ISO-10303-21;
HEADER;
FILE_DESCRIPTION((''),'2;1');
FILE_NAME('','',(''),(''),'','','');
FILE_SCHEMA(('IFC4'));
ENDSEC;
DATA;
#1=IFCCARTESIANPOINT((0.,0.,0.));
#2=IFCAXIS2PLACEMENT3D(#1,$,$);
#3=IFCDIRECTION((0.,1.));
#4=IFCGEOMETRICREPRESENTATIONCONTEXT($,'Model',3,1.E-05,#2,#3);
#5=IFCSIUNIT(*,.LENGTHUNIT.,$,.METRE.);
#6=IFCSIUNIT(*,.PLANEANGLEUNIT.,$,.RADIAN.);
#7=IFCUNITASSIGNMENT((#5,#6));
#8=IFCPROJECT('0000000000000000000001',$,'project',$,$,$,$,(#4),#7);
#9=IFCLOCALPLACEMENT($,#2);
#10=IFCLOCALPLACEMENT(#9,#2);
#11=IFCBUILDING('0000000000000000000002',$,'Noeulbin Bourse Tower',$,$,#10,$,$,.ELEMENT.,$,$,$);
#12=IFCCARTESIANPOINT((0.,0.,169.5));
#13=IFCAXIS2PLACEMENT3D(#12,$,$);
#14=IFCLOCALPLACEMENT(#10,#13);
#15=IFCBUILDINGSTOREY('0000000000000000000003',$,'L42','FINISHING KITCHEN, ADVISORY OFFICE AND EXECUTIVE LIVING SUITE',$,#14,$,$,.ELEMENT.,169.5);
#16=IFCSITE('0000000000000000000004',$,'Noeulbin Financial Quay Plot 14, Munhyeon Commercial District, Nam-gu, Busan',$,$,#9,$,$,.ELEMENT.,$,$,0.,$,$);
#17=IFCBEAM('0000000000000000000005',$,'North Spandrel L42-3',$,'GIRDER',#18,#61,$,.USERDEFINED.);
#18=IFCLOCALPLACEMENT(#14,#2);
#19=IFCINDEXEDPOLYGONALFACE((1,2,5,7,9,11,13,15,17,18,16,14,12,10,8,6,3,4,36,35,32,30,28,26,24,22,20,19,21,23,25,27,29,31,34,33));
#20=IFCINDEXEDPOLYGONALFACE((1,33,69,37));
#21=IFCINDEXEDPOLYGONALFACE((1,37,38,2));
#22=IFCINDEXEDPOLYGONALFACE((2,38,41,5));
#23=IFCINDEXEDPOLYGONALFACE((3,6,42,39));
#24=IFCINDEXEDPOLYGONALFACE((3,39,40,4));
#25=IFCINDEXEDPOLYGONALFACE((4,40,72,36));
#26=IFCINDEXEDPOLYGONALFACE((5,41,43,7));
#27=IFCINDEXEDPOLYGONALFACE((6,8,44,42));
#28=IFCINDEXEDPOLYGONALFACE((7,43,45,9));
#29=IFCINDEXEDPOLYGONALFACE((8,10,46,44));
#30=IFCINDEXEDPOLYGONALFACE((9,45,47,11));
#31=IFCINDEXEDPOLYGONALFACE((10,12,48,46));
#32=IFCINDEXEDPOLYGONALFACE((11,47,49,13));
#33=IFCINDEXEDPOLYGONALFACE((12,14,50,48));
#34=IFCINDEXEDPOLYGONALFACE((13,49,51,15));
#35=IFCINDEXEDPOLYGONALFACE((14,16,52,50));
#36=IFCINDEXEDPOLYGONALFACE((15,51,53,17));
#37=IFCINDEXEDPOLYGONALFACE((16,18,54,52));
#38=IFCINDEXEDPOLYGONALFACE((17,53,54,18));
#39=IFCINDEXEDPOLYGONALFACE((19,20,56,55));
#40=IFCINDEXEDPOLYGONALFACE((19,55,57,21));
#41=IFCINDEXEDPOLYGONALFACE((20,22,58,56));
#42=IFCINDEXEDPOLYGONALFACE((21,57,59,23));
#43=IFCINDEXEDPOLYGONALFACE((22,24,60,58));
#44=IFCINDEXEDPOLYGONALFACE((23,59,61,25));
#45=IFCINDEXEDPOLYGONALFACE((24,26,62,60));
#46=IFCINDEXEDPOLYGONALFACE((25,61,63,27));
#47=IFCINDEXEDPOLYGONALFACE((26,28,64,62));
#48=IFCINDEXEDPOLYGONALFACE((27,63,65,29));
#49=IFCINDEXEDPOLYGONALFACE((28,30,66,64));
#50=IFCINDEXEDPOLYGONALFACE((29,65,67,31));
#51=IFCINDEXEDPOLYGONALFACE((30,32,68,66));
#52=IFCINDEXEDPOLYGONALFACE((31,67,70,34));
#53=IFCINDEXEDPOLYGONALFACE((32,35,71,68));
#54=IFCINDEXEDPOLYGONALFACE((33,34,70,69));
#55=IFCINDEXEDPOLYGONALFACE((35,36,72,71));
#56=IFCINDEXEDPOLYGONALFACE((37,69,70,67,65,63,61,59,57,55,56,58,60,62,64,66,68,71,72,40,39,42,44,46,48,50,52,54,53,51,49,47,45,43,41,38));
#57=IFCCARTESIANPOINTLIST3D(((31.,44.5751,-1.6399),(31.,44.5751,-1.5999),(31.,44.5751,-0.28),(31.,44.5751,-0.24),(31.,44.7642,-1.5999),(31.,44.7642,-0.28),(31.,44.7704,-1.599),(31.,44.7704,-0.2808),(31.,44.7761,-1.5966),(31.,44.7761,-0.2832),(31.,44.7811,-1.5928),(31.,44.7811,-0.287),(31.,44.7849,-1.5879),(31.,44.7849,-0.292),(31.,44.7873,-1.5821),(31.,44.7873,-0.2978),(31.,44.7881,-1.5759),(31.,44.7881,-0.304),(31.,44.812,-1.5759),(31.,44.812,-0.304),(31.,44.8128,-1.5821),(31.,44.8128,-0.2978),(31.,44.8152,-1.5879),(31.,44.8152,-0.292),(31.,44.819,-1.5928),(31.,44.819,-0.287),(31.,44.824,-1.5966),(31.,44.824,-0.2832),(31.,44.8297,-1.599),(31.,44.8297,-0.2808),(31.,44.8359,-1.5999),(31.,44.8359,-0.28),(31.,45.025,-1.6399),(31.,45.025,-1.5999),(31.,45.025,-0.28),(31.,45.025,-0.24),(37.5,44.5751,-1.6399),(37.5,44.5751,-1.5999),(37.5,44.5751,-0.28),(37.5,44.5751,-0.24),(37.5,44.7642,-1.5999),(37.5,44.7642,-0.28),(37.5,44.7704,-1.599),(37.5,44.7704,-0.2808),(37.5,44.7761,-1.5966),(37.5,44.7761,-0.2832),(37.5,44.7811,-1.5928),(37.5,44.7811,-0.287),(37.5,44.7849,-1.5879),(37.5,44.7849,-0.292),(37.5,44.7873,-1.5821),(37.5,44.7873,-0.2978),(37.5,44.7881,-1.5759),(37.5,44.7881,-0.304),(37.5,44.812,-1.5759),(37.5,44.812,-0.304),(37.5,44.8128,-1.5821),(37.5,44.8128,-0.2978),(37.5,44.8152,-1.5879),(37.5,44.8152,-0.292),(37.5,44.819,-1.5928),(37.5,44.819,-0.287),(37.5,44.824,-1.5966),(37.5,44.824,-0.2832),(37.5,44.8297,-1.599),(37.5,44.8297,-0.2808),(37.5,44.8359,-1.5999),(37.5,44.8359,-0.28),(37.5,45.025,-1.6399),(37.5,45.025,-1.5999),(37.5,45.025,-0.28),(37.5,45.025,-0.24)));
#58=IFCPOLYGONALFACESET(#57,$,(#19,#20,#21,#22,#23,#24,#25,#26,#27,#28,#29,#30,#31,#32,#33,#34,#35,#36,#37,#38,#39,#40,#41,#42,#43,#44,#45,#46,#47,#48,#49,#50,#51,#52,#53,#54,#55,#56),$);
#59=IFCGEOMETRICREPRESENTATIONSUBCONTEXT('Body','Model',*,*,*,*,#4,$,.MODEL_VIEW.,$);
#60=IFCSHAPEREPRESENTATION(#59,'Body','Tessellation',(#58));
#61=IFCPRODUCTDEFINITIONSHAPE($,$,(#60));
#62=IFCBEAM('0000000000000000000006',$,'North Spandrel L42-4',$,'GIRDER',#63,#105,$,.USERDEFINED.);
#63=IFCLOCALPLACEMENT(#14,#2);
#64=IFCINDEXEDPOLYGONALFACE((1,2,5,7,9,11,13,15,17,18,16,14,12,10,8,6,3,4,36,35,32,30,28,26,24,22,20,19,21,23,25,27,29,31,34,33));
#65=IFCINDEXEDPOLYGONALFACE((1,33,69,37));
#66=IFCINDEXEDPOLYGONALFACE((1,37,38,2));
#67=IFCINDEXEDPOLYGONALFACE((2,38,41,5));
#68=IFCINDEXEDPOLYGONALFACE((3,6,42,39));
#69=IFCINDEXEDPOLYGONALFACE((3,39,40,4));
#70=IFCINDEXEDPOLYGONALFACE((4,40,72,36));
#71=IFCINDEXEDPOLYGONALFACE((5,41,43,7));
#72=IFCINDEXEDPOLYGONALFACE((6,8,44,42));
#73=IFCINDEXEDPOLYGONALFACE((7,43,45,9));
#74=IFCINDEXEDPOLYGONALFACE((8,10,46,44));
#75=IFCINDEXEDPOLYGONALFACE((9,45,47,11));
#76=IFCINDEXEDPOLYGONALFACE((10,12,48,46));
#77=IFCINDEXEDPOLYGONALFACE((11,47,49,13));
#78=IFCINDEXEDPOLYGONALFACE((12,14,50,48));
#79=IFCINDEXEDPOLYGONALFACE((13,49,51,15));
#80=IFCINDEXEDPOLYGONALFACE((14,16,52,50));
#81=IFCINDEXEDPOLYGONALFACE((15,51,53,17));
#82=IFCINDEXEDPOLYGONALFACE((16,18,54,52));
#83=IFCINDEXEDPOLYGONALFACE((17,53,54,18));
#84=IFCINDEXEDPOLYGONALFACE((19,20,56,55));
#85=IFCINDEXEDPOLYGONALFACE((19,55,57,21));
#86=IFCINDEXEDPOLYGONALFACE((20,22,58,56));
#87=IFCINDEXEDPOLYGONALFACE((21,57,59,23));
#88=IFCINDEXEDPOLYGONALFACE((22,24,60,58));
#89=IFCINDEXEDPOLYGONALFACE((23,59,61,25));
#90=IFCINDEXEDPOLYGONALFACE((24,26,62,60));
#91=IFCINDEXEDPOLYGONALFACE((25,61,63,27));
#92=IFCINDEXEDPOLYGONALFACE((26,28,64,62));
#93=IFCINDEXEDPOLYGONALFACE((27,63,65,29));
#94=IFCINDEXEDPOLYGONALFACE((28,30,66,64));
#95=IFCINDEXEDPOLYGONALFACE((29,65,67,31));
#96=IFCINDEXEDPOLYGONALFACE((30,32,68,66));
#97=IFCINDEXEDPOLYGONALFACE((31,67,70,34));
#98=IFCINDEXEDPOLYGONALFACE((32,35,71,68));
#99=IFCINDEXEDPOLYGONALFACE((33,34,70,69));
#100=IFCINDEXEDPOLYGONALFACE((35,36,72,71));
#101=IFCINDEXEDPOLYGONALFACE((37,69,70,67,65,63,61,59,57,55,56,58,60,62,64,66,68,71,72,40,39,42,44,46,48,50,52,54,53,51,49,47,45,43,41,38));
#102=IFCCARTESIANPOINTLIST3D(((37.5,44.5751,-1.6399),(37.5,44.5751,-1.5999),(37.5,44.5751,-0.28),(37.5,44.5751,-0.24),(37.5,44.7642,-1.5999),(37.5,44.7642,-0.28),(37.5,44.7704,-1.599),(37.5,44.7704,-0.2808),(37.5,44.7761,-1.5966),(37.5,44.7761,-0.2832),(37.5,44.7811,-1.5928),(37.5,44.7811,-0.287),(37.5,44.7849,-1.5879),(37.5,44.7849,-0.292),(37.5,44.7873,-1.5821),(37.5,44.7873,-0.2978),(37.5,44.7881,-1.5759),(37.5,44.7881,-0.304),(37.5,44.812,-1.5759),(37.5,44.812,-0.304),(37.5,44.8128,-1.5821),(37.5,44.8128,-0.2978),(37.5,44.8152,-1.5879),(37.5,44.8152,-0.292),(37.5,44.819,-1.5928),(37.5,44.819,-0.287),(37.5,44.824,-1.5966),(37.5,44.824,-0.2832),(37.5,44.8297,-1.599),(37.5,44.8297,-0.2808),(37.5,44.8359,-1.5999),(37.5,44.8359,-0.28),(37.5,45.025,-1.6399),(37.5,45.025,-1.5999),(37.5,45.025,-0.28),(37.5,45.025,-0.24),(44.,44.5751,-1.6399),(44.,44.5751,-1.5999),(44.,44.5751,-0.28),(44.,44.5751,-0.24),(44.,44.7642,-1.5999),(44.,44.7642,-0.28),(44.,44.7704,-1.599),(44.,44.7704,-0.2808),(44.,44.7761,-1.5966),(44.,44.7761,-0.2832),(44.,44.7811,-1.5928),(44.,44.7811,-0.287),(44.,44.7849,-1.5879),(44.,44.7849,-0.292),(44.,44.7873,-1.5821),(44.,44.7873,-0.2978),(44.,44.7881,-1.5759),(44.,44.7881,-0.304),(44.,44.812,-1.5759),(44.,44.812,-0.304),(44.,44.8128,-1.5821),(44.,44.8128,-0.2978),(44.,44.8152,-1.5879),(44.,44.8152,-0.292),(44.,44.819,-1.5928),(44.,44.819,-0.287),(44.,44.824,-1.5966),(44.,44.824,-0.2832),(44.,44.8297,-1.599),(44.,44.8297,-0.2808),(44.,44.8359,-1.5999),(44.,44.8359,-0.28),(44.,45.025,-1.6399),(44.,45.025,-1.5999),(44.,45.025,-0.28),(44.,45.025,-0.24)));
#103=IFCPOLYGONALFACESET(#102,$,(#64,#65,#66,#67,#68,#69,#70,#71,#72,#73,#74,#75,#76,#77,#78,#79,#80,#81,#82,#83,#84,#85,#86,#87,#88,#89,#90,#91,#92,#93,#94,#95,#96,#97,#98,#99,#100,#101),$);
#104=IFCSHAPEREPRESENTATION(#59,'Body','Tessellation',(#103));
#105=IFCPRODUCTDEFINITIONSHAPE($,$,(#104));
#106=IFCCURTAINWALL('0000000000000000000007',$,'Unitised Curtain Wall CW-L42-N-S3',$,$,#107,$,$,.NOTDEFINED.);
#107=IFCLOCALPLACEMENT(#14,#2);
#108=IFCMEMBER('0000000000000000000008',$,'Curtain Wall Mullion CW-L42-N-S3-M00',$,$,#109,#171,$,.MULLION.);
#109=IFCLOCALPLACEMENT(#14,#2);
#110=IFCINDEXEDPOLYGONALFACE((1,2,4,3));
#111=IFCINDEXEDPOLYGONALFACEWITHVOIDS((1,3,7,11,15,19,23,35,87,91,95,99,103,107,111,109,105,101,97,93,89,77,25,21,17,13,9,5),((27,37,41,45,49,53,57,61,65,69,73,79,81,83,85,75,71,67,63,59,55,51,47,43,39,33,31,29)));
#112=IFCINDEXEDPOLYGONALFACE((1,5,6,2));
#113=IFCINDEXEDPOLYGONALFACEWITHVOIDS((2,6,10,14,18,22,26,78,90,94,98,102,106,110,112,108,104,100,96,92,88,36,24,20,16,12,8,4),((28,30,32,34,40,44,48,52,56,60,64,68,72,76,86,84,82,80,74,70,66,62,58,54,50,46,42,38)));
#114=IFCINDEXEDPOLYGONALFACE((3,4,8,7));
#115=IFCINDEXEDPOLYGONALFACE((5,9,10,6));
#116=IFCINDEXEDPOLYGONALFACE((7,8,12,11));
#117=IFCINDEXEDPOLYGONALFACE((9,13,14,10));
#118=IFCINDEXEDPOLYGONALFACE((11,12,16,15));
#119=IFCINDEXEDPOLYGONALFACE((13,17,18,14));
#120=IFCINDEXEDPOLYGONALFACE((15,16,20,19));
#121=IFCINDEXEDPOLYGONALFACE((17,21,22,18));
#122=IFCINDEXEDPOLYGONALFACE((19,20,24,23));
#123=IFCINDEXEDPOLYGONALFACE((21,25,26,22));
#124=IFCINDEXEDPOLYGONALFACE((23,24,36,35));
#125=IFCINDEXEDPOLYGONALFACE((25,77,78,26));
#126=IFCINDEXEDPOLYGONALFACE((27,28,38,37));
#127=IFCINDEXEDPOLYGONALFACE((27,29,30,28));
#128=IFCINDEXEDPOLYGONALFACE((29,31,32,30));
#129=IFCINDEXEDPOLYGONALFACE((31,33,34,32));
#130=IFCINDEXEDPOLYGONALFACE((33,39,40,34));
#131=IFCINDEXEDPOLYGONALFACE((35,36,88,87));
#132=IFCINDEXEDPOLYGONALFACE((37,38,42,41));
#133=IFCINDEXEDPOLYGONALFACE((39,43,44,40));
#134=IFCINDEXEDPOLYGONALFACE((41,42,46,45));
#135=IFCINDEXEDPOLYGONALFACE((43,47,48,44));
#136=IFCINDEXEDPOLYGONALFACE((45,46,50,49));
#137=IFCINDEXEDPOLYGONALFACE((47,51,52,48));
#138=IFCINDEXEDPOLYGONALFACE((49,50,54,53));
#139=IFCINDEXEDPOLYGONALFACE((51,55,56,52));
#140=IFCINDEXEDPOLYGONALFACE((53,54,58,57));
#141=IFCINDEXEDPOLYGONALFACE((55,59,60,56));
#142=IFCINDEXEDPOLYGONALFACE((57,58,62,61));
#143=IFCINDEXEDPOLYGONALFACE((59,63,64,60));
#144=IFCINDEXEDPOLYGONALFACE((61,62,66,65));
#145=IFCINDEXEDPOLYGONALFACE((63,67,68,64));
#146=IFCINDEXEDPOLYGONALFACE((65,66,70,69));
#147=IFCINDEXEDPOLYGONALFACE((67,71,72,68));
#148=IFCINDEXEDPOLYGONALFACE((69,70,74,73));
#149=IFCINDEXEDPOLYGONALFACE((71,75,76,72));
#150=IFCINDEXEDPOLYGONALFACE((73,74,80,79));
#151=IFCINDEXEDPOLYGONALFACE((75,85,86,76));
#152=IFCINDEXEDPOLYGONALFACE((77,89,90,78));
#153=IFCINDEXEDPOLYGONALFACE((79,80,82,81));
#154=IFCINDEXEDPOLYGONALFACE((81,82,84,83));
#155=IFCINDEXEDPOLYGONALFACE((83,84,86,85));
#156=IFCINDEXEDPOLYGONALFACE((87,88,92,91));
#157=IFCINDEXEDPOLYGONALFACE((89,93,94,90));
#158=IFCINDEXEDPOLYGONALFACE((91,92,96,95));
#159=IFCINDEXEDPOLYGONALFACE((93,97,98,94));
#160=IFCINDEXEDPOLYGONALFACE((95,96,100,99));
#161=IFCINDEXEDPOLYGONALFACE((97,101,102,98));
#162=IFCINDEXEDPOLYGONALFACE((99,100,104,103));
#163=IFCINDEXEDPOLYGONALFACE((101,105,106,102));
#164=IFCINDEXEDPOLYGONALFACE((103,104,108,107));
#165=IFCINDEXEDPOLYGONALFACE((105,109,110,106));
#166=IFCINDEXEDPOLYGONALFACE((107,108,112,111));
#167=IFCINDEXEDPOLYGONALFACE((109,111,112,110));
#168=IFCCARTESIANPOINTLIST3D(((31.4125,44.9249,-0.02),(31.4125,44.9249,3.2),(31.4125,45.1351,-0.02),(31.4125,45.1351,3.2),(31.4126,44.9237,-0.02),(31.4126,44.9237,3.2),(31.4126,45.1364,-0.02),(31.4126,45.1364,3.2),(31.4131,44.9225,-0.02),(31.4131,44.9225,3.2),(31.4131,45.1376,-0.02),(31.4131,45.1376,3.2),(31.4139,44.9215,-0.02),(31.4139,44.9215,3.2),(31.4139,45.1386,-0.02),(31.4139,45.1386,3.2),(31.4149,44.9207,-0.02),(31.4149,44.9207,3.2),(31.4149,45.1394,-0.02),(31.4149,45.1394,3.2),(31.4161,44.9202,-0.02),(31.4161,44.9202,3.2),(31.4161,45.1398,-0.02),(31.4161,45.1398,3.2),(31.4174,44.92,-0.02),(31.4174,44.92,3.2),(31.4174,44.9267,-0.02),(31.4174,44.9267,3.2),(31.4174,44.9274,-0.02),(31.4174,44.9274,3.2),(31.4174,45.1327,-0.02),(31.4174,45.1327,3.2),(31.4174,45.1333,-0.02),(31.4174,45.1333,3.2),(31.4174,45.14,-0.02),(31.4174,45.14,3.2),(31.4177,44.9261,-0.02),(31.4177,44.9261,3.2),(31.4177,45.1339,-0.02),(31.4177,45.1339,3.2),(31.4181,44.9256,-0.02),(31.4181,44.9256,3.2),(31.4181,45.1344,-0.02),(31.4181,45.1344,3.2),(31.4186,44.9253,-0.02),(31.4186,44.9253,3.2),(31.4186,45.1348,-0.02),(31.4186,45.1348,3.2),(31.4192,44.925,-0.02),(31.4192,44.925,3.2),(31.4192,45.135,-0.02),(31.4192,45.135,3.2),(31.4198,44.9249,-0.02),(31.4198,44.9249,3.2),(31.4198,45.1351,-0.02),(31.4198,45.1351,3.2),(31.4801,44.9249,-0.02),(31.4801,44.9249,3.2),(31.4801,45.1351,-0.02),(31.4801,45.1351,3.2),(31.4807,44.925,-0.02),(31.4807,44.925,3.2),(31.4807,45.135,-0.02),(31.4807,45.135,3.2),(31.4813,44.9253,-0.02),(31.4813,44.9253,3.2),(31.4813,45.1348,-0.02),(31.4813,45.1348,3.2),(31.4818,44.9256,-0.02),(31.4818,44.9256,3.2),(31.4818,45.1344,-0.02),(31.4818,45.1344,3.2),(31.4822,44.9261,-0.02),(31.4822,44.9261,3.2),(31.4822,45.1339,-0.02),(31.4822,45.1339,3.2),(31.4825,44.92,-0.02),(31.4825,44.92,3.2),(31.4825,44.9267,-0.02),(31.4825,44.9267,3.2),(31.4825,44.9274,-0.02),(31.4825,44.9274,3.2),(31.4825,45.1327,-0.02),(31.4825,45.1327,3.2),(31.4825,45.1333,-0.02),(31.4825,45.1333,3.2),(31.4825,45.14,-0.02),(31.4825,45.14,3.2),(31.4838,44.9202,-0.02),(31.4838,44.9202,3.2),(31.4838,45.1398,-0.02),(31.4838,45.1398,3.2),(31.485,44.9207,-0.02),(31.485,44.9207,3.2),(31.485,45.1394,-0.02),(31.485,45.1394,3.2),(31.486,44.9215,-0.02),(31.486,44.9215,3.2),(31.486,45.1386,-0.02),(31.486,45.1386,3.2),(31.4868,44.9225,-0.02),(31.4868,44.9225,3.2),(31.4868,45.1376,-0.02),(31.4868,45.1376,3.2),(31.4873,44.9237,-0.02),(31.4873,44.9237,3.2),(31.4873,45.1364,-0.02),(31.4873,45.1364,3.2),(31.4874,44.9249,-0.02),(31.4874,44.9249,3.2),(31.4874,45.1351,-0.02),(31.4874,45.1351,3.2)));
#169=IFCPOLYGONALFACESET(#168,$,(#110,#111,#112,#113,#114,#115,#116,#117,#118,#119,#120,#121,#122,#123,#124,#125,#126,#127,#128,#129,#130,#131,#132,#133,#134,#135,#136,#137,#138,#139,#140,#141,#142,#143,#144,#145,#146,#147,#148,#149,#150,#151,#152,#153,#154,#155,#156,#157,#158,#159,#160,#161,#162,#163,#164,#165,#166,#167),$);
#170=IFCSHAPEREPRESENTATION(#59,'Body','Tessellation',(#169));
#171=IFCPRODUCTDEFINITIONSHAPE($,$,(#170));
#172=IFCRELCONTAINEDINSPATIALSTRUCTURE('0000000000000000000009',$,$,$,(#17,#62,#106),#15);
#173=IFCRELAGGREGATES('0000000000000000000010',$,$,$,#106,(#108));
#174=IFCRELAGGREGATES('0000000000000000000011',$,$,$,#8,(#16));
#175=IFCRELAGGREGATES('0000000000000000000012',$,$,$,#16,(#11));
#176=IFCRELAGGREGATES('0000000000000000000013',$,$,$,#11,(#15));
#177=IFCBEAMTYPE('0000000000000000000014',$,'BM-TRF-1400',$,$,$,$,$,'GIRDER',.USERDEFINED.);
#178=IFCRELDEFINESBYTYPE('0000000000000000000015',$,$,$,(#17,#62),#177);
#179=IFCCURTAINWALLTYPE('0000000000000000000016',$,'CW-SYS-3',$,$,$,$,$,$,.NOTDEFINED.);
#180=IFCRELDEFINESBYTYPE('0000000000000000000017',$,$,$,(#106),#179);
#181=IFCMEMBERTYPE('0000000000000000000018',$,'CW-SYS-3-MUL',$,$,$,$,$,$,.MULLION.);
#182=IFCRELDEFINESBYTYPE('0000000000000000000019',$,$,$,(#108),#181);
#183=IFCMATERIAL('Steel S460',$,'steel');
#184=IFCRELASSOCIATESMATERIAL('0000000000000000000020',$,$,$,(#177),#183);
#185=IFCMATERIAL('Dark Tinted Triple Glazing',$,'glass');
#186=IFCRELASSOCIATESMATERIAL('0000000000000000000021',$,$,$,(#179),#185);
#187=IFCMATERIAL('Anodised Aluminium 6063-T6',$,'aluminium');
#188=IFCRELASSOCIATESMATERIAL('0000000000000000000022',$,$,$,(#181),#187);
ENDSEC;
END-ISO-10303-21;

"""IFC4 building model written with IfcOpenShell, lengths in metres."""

from ifc_helpers import new_model, si_unit, direction, frame, origin, origin_2d, place, context, subcontext, project, spatial, hollow_rectangle, i_section, extrude, material, material_profile, profile_set, type_object, element, aggregate, save


model = new_model("IFC4")

# Units and contexts
model_context = context("Model", 3, precision=1e-05, world=origin(), true_north=direction((0.0, 1.0)))
body_context = subcontext(model_context, "Body", "Model", "MODEL_VIEW")
ifc_project = project(units=[si_unit("LENGTHUNIT", "METRE"), si_unit("PLANEANGLEUNIT", "RADIAN")], contexts=[model_context])

# Site, building, storey
site_placement = place(None, origin())
site = spatial("IfcSite", under=ifc_project, at=site_placement, Name="Noeulbin Financial Quay Plot 14, Munhyeon Commercial District, Nam-gu, Busan", CompositionType="ELEMENT", RefElevation=0.0)
building_placement = place(site_placement, origin())
building = spatial("IfcBuilding", under=site, at=building_placement, Name="Noeulbin Bourse Tower", CompositionType="ELEMENT")
storey_placement = place(building_placement, frame((0.0, 0.0, 169.5)))
storey = spatial("IfcBuildingStorey", under=building, at=storey_placement, Name="L42", Description="FINISHING KITCHEN, ADVISORY OFFICE AND EXECUTIVE LIVING SUITE", CompositionType="ELEMENT", Elevation=169.5)

# Beams
ifc_material_1 = material(Name="Steel S460", Category="steel")
ifc_material_profile_1 = material_profile(ifc_material_1, i_section(OverallWidth=0.45, OverallDepth=1.3999, WebThickness=0.0239, FlangeThickness=0.04, FilletRadius=0.0239, at=origin_2d()), Name="PG-1400x450x24x40", Category="LoadBearing")
ifc_profile_set_1 = profile_set([ifc_material_profile_1], Name="Steel S460")
beam_type_1 = type_object("IfcBeamType", Name="BM-TRF-1400", ElementType="GIRDER", PredefinedType="USERDEFINED", material=ifc_profile_set_1)
for number, where, z_axis, x_axis, name in (
    (1, (31.0, 44.8, -0.9399), (1.0, 0.0, 0.0), (0.0, 1.0, 0.0), "North Spandrel L42-3"),
    (2, (37.5, 44.8, -0.9399), (1.0, 0.0, 0.0), (0.0, 1.0, 0.0), "North Spandrel L42-4"),
):
    element("IfcBeam", number, at=place(storey_placement, frame(where, z_axis=z_axis, x_axis=x_axis)), inside=storey, type_object=beam_type_1, Name=name, ObjectType="GIRDER", PredefinedType="USERDEFINED", context=body_context, shape_type="SweptSolid", body=[
        extrude(i_section(OverallWidth=0.45, OverallDepth=1.3999, WebThickness=0.0239, FlangeThickness=0.04, FilletRadius=0.0239, at=origin_2d()), origin(), (0.0, 0.0, 1.0), 6.5),
    ])

# Curtain wall, member
ifc_material_2 = material(Name="Dark Tinted Triple Glazing", Category="glass")
curtain_wall_type = type_object("IfcCurtainWallType", Name="CW-SYS-3", PredefinedType="NOTDEFINED", material=ifc_material_2)
curtain_wall_1_placement = place(storey_placement, origin())
curtain_wall_1 = element("IfcCurtainWall", 3, at=curtain_wall_1_placement, inside=storey, type_object=curtain_wall_type, Name="Unitised Curtain Wall CW-L42-N-S3", PredefinedType="NOTDEFINED")
ifc_material_3 = material(Name="Anodised Aluminium 6063-T6", Category="aluminium")
ifc_material_profile_2 = material_profile(ifc_material_3, hollow_rectangle(XDim=0.075, YDim=0.22, WallThickness=0.0049, InnerFilletRadius=0.0024, OuterFilletRadius=0.0049, at=origin_2d()), Name="ALU-MULL-75x220x5", Category="LoadBearing")
ifc_profile_set_2 = profile_set([ifc_material_profile_2], Name="Anodised Aluminium 6063-T6")
member_type_1 = type_object("IfcMemberType", Name="CW-SYS-3-MUL", PredefinedType="MULLION", material=ifc_profile_set_2)
member_1_placement = place(storey_placement, frame((31.45, 45.03, -0.02), z_axis=(0.0, 0.0, 1.0), x_axis=(1.0, 0.0, 0.0)))
member_1 = element("IfcMember", 4, at=member_1_placement, type_object=member_type_1, Name="Curtain Wall Mullion CW-L42-N-S3-M00", PredefinedType="MULLION", context=body_context, shape_type="SweptSolid", body=[
    extrude(hollow_rectangle(XDim=0.075, YDim=0.22, WallThickness=0.0049, InnerFilletRadius=0.0024, OuterFilletRadius=0.0049, at=origin_2d()), origin(), (0.0, 0.0, 1.0), 3.22),
])

aggregate(curtain_wall_1, [member_1])

save(model, "model.ifc")
